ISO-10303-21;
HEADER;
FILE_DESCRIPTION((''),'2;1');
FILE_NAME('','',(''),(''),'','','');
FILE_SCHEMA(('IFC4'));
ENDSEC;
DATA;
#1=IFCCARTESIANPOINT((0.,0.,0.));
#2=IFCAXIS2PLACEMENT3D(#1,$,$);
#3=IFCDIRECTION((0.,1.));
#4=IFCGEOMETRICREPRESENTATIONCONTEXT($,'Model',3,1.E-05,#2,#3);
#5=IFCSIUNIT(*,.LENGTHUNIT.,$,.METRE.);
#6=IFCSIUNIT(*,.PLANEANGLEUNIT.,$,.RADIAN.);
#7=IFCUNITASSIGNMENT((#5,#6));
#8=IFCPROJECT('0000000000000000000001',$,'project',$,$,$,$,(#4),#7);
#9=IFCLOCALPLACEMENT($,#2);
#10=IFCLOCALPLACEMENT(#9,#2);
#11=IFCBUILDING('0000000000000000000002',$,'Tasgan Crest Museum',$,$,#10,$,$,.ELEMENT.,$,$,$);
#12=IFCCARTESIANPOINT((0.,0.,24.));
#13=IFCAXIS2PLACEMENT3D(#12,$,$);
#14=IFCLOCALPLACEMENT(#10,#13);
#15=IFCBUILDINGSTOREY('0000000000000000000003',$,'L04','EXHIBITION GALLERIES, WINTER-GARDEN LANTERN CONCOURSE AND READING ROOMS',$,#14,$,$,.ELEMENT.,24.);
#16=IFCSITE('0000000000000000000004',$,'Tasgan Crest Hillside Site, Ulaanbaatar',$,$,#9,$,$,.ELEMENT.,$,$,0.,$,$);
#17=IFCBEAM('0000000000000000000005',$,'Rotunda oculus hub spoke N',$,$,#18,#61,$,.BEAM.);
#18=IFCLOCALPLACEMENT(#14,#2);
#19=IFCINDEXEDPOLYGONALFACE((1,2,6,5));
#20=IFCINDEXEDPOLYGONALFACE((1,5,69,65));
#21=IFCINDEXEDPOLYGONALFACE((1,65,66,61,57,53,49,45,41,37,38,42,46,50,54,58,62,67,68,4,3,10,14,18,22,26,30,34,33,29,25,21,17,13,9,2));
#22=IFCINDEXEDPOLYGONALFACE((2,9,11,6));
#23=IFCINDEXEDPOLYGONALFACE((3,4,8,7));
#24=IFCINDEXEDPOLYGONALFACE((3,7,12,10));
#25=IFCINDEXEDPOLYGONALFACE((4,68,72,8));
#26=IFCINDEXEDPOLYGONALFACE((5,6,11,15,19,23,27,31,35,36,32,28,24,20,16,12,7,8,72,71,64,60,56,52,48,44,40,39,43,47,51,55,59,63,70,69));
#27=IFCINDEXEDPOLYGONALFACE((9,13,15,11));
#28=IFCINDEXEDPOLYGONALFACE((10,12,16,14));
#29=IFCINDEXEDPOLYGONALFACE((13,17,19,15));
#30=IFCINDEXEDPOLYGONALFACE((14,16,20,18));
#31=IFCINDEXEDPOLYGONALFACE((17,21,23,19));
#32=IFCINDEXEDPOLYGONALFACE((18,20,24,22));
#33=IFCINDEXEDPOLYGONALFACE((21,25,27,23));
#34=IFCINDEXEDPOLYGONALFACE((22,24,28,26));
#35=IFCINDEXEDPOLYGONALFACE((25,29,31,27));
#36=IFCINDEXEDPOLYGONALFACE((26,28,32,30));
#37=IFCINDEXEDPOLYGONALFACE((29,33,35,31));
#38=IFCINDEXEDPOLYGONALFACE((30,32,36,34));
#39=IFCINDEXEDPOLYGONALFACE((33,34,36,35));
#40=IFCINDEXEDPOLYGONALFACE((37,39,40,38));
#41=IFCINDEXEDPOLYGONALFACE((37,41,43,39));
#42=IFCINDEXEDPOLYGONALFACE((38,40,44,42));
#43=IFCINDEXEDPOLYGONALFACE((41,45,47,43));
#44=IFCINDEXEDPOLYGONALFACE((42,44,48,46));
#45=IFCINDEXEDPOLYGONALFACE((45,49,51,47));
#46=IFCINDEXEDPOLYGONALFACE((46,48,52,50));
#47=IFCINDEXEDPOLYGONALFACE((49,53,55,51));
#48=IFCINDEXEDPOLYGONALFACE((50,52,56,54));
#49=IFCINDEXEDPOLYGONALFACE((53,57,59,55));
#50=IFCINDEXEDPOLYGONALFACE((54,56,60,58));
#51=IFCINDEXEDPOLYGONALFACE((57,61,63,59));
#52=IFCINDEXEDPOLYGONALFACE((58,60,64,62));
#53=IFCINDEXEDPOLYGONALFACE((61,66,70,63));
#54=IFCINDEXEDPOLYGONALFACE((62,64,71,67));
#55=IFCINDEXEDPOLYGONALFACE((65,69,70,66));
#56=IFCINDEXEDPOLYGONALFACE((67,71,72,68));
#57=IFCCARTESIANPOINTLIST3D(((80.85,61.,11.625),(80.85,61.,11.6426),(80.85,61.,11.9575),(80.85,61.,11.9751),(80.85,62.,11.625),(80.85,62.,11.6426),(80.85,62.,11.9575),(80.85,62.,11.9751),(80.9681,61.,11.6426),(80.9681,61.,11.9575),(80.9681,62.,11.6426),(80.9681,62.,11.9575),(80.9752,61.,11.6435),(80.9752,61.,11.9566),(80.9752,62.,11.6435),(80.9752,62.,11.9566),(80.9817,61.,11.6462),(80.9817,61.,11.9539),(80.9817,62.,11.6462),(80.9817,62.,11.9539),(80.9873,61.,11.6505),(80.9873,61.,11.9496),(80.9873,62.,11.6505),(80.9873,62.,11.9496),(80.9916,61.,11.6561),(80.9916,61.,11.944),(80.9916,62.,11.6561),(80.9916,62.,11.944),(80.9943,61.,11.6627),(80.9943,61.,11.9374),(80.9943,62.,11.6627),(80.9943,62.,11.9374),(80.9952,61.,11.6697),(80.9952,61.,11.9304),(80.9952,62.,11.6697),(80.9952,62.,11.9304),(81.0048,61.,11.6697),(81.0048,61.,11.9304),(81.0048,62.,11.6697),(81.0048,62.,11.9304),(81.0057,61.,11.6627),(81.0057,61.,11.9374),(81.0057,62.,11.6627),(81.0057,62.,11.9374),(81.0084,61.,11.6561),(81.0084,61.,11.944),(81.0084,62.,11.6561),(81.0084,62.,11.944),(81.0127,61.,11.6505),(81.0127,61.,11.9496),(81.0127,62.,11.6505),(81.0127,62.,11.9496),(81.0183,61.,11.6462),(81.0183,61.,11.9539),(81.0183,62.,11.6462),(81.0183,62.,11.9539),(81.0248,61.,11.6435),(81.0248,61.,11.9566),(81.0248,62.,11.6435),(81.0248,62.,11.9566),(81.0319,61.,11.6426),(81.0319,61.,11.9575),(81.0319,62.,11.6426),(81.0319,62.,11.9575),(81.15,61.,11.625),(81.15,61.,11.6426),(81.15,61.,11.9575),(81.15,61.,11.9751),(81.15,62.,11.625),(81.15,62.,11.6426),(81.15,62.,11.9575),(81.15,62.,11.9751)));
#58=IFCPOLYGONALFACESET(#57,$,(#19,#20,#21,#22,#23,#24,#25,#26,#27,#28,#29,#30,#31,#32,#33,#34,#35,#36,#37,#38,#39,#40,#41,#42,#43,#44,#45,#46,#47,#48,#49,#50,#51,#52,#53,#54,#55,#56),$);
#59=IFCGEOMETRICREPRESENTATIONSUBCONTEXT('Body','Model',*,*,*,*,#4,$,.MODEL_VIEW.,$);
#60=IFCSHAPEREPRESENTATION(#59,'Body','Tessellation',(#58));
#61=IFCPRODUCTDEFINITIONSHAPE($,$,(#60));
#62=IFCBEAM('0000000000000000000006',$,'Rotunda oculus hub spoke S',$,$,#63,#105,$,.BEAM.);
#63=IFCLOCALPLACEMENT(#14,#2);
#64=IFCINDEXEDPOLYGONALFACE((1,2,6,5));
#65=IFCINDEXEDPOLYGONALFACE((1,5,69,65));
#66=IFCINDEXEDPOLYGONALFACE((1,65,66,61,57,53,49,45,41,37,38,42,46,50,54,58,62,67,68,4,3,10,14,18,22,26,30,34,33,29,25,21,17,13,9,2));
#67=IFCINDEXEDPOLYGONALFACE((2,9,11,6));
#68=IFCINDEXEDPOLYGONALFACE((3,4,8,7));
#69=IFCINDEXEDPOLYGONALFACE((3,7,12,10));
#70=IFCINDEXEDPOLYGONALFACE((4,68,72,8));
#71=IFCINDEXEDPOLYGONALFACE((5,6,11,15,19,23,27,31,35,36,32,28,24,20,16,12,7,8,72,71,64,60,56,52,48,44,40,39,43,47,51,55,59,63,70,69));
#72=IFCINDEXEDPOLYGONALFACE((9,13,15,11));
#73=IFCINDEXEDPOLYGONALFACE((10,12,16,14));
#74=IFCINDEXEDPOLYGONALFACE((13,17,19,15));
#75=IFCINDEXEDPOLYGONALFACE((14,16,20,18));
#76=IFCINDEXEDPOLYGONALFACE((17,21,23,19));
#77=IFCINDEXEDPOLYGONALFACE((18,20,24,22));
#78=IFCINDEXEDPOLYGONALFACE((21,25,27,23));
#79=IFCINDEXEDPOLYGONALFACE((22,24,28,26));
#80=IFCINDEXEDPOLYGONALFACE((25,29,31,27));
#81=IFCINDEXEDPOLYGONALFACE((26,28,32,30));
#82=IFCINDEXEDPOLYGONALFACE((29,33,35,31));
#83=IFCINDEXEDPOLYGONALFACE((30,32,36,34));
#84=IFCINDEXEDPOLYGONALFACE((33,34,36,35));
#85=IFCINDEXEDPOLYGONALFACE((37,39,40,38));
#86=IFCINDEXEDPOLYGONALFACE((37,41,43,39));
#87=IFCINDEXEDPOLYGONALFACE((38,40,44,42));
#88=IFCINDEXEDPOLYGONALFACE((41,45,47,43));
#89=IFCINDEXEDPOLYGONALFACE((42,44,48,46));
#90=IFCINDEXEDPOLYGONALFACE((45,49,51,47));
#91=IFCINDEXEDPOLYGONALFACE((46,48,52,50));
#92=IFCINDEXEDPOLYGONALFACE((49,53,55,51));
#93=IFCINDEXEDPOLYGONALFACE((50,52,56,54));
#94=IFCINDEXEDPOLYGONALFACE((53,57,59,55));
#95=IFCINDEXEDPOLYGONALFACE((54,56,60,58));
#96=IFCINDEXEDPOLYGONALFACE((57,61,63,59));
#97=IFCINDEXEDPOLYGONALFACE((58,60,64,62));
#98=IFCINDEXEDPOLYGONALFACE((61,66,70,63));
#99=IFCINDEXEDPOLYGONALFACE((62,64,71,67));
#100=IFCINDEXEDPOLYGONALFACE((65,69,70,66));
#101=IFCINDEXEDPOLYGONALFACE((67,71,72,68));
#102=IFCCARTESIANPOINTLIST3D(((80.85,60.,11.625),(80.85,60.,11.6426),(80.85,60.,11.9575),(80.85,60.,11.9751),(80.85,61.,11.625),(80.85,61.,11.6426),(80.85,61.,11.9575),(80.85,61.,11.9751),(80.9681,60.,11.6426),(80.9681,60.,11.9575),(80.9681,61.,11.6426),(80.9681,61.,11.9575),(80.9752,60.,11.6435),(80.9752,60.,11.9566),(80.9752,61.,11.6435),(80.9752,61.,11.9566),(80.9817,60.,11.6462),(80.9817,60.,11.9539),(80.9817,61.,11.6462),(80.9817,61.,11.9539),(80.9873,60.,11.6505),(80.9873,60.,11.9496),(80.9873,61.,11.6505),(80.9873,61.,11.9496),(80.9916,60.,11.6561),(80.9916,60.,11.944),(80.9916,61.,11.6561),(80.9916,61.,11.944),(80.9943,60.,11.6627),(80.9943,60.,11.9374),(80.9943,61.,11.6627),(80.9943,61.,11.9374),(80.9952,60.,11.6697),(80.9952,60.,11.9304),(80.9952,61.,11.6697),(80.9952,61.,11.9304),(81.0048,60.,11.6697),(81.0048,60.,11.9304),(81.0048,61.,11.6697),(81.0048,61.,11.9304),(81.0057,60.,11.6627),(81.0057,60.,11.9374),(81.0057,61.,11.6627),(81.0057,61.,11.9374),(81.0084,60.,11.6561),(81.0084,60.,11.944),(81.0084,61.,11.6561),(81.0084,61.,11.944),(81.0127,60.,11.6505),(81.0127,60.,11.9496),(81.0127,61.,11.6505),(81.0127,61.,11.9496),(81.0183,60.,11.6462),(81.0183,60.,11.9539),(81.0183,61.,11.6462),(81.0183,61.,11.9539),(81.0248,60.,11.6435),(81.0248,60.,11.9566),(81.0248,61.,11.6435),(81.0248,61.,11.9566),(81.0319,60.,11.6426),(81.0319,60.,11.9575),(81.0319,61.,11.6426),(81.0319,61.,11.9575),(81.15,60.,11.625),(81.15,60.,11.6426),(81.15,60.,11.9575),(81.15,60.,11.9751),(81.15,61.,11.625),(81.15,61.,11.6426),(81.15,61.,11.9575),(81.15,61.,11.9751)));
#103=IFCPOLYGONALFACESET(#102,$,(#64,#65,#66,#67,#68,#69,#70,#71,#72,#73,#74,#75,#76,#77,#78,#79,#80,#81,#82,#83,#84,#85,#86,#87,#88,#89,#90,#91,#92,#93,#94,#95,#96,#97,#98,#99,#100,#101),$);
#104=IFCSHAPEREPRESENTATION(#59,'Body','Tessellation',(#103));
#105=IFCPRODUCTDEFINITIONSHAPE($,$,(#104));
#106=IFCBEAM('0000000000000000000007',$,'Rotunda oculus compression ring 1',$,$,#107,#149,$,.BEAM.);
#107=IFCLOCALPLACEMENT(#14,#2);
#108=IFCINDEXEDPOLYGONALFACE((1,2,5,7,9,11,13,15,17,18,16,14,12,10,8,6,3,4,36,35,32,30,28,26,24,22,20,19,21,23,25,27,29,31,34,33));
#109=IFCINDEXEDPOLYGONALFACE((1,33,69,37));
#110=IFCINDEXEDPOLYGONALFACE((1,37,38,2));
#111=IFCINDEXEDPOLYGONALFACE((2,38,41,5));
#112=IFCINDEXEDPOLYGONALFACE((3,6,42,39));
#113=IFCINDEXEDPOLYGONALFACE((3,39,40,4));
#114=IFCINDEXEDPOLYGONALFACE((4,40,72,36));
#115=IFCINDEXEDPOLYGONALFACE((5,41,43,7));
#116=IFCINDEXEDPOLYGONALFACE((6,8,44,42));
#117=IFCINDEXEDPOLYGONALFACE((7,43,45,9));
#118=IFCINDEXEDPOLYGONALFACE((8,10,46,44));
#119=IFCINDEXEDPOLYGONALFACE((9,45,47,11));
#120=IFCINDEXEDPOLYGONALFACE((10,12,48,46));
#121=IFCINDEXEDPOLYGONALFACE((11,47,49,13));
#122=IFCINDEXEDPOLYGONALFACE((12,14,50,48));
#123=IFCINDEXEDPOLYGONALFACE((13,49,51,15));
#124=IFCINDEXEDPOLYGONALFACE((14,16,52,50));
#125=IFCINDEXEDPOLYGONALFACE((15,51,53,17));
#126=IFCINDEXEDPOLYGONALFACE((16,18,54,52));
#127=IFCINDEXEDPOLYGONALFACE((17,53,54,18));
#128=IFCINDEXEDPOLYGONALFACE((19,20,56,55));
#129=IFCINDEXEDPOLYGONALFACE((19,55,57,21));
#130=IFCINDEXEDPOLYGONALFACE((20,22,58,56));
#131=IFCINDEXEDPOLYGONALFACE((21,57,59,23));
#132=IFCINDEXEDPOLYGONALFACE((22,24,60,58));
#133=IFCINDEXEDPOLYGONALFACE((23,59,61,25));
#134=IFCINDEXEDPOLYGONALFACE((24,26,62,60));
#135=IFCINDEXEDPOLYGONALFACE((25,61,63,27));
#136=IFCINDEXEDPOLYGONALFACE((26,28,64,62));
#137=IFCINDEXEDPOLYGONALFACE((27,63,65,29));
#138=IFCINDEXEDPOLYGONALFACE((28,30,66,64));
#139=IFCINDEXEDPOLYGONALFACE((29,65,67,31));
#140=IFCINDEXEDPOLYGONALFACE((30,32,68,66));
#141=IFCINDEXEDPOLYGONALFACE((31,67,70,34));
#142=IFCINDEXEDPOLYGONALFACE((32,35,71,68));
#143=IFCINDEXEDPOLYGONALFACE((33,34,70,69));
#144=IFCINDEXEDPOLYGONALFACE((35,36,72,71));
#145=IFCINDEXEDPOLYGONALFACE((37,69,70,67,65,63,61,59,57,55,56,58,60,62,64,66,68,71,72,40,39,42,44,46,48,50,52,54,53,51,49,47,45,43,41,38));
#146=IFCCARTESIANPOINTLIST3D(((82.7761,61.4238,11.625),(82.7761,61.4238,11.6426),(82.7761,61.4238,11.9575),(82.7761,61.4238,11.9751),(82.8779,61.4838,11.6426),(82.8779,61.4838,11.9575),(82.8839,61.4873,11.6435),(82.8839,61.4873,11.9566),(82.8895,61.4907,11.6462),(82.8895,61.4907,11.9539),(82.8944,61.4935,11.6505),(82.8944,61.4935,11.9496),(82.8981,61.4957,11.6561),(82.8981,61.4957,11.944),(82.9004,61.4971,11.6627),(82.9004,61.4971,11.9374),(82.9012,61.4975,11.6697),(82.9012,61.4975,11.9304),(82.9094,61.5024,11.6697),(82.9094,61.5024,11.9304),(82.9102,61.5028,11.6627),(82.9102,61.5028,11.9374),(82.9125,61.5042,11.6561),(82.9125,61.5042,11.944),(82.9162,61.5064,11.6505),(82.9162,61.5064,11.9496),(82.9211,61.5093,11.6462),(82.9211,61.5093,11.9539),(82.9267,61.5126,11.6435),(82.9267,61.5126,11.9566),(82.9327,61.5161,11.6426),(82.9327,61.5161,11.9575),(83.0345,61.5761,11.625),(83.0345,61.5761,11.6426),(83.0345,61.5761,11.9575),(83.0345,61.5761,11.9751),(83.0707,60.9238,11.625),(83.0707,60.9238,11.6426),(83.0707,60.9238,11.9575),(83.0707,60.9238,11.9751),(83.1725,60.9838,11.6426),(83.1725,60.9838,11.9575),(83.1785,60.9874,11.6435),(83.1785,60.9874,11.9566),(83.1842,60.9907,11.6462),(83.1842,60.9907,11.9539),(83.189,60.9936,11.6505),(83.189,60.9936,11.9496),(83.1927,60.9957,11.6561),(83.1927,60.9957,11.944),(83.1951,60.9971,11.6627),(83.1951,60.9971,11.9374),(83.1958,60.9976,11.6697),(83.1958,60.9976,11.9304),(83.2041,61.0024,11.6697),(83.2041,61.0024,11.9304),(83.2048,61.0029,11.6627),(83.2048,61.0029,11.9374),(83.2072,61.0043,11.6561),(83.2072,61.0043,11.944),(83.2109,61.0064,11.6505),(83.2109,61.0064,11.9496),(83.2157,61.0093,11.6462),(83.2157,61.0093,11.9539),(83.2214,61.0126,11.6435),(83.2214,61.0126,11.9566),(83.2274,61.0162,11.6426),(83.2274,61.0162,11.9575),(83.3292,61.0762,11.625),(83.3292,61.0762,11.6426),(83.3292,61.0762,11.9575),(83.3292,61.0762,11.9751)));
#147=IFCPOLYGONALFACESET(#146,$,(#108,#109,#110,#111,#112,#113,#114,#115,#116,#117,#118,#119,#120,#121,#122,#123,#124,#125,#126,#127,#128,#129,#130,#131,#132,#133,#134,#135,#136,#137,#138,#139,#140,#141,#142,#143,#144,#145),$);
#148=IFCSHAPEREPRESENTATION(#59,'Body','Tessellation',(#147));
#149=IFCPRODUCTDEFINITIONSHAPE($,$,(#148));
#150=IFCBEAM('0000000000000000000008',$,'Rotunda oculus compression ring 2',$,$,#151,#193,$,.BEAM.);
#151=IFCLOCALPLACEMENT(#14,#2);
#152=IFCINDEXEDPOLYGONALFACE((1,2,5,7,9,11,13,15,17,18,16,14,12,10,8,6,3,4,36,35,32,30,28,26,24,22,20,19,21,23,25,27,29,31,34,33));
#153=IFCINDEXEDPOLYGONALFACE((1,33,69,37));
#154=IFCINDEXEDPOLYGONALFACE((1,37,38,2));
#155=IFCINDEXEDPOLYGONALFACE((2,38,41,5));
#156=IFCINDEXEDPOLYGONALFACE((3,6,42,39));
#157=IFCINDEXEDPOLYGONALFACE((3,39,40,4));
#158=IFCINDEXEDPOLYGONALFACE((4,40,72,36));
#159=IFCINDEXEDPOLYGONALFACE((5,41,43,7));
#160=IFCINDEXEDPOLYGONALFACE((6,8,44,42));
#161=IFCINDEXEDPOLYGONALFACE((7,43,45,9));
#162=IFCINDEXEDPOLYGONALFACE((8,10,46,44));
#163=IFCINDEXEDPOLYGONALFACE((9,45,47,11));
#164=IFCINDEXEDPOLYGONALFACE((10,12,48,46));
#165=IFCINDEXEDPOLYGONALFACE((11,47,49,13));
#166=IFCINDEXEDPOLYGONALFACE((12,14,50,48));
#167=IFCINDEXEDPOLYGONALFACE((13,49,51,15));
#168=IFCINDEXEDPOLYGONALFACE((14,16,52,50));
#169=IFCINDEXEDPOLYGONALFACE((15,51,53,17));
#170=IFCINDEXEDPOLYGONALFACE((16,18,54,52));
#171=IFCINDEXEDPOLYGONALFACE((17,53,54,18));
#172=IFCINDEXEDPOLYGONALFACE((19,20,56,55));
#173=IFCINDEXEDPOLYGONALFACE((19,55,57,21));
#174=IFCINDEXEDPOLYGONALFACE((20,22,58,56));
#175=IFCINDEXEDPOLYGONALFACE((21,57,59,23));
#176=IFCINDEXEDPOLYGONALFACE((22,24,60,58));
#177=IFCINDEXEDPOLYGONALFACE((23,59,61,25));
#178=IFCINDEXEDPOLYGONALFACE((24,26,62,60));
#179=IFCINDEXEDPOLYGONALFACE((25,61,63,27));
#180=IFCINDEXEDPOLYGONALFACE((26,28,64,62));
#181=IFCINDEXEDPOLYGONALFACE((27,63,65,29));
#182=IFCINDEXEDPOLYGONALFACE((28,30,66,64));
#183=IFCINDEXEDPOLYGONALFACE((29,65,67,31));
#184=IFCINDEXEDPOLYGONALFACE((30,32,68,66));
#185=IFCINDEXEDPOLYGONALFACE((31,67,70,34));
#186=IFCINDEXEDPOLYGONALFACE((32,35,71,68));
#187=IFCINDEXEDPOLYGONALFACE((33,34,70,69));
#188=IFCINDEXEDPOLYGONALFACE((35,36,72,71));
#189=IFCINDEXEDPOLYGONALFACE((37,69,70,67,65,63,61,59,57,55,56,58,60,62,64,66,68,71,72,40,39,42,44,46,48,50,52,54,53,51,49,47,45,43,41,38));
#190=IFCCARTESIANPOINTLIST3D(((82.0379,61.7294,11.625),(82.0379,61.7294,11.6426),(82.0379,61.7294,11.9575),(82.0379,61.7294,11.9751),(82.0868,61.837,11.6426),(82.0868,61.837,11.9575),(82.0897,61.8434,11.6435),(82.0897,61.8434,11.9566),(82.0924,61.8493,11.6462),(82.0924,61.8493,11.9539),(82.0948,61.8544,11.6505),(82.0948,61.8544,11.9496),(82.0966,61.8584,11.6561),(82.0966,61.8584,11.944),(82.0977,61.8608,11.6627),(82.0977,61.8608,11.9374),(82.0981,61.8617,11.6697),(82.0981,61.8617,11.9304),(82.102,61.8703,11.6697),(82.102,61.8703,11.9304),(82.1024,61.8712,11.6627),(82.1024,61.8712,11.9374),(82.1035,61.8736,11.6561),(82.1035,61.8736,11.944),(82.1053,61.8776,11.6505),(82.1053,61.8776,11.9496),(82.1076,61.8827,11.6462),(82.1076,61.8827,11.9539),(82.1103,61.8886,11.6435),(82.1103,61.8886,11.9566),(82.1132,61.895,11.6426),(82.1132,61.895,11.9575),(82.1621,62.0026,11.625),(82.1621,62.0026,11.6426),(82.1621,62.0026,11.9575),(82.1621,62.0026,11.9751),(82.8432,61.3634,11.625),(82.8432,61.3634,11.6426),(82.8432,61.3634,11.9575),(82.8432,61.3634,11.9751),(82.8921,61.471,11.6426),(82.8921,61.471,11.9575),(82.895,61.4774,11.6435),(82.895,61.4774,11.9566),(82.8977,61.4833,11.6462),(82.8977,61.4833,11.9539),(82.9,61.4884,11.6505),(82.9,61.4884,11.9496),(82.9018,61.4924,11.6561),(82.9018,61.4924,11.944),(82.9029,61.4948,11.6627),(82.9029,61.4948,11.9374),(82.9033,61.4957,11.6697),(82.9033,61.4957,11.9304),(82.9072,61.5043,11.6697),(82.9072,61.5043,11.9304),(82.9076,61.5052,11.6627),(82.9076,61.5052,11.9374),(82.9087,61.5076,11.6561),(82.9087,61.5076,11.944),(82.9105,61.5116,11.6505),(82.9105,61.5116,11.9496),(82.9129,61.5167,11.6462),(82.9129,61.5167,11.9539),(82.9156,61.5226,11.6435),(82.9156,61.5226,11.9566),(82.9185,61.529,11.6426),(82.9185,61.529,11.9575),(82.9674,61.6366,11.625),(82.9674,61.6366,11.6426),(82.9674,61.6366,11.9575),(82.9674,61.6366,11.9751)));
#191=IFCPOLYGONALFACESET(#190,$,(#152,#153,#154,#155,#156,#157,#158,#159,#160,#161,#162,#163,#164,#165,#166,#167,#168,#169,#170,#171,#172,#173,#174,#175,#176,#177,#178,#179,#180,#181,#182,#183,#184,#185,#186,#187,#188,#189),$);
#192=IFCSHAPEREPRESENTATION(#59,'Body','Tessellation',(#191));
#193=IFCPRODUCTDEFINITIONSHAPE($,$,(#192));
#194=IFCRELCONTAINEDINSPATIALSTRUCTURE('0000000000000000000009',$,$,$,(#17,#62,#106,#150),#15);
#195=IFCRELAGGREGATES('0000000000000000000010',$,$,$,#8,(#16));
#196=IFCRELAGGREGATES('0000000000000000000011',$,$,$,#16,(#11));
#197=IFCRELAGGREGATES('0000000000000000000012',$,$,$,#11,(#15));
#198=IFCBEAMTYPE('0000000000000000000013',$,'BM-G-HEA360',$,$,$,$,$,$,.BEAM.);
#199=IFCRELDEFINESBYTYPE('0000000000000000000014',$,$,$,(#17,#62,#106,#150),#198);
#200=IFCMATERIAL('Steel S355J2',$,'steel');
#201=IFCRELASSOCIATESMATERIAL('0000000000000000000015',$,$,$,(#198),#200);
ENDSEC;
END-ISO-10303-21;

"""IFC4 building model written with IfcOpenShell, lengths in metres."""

from ifc_helpers import new_model, si_unit, direction, frame, origin, origin_2d, place, context, subcontext, project, spatial, i_section, extrude, material, material_profile, profile_set, type_object, element, save


model = new_model("IFC4")

# Units and contexts
model_context = context("Model", 3, precision=1e-05, world=origin(), true_north=direction((0.0, 1.0)))
body_context = subcontext(model_context, "Body", "Model", "MODEL_VIEW")
ifc_project = project(units=[si_unit("LENGTHUNIT", "METRE"), si_unit("PLANEANGLEUNIT", "RADIAN")], contexts=[model_context])

# Site, building, storey
site_placement = place(None, origin())
site = spatial("IfcSite", under=ifc_project, at=site_placement, Name="Tasgan Crest Hillside Site, Ulaanbaatar", CompositionType="ELEMENT", RefElevation=0.0)
building_placement = place(site_placement, origin())
building = spatial("IfcBuilding", under=site, at=building_placement, Name="Tasgan Crest Museum", CompositionType="ELEMENT")
storey_placement = place(building_placement, frame((0.0, 0.0, 24.0)))
storey = spatial("IfcBuildingStorey", under=building, at=storey_placement, Name="L04", Description="EXHIBITION GALLERIES, WINTER-GARDEN LANTERN CONCOURSE AND READING ROOMS", CompositionType="ELEMENT", Elevation=24.0)

# Beams
ifc_material_1 = material(Name="Steel S355J2", Category="steel")
ifc_material_profile_1 = material_profile(ifc_material_1, i_section(OverallWidth=0.3, OverallDepth=0.3501, WebThickness=0.0095, FlangeThickness=0.0176, FilletRadius=0.0271, at=origin_2d()), Name="HEA 360")
ifc_profile_set_1 = profile_set([ifc_material_profile_1], Name="Steel S355J2")
beam_type_1 = type_object("IfcBeamType", Name="BM-G-HEA360", PredefinedType="BEAM", material=ifc_profile_set_1)
for number, where, z_axis, x_axis, name in (
    (1, (81.0, 61.0, 11.8), (0.0, 1.0, 0.0), (-1.0, 0.0, 0.0), "Rotunda oculus hub spoke N"),
    (2, (81.0, 61.0, 11.8), (0.0, -1.0, 0.0), (1.0, 0.0, 0.0), "Rotunda oculus hub spoke S"),
):
    element("IfcBeam", number, at=place(storey_placement, frame(where, z_axis=z_axis, x_axis=x_axis)), inside=storey, type_object=beam_type_1, Name=name, PredefinedType="BEAM", context=body_context, shape_type="SweptSolid", body=[
        extrude(i_section(OverallWidth=0.3, OverallDepth=0.3501, WebThickness=0.0095, FlangeThickness=0.0176, FilletRadius=0.0271, at=origin_2d()), origin(), (0.0, 0.0, 1.0), 1.0),
    ])
beam_1_placement = place(storey_placement, frame((83.2, 61.0, 11.8), z_axis=(-0.507737, 0.861512, 0.0), x_axis=(-0.861512, -0.507737, 0.0)))
element("IfcBeam", 3, at=beam_1_placement, inside=storey, type_object=beam_type_1, Name="Rotunda oculus compression ring 1", PredefinedType="BEAM", context=body_context, shape_type="SweptSolid", body=[
    extrude(i_section(OverallWidth=0.3, OverallDepth=0.3501, WebThickness=0.0095, FlangeThickness=0.0176, FilletRadius=0.0271, at=origin_2d()), origin(), (0.0, 0.0, 1.0), 0.5803),
])
beam_2_placement = place(storey_placement, frame((82.9053, 61.5, 11.8), z_axis=(-0.910376, 0.413782, 0.0), x_axis=(-0.413782, -0.910376, 0.0)))
element("IfcBeam", 4, at=beam_2_placement, inside=storey, type_object=beam_type_1, Name="Rotunda oculus compression ring 2", PredefinedType="BEAM", context=body_context, shape_type="SweptSolid", body=[
    extrude(i_section(OverallWidth=0.3, OverallDepth=0.3501, WebThickness=0.0095, FlangeThickness=0.0176, FilletRadius=0.0271, at=origin_2d()), origin(), (0.0, 0.0, 1.0), 0.8845),
])

save(model, "model.ifc")
